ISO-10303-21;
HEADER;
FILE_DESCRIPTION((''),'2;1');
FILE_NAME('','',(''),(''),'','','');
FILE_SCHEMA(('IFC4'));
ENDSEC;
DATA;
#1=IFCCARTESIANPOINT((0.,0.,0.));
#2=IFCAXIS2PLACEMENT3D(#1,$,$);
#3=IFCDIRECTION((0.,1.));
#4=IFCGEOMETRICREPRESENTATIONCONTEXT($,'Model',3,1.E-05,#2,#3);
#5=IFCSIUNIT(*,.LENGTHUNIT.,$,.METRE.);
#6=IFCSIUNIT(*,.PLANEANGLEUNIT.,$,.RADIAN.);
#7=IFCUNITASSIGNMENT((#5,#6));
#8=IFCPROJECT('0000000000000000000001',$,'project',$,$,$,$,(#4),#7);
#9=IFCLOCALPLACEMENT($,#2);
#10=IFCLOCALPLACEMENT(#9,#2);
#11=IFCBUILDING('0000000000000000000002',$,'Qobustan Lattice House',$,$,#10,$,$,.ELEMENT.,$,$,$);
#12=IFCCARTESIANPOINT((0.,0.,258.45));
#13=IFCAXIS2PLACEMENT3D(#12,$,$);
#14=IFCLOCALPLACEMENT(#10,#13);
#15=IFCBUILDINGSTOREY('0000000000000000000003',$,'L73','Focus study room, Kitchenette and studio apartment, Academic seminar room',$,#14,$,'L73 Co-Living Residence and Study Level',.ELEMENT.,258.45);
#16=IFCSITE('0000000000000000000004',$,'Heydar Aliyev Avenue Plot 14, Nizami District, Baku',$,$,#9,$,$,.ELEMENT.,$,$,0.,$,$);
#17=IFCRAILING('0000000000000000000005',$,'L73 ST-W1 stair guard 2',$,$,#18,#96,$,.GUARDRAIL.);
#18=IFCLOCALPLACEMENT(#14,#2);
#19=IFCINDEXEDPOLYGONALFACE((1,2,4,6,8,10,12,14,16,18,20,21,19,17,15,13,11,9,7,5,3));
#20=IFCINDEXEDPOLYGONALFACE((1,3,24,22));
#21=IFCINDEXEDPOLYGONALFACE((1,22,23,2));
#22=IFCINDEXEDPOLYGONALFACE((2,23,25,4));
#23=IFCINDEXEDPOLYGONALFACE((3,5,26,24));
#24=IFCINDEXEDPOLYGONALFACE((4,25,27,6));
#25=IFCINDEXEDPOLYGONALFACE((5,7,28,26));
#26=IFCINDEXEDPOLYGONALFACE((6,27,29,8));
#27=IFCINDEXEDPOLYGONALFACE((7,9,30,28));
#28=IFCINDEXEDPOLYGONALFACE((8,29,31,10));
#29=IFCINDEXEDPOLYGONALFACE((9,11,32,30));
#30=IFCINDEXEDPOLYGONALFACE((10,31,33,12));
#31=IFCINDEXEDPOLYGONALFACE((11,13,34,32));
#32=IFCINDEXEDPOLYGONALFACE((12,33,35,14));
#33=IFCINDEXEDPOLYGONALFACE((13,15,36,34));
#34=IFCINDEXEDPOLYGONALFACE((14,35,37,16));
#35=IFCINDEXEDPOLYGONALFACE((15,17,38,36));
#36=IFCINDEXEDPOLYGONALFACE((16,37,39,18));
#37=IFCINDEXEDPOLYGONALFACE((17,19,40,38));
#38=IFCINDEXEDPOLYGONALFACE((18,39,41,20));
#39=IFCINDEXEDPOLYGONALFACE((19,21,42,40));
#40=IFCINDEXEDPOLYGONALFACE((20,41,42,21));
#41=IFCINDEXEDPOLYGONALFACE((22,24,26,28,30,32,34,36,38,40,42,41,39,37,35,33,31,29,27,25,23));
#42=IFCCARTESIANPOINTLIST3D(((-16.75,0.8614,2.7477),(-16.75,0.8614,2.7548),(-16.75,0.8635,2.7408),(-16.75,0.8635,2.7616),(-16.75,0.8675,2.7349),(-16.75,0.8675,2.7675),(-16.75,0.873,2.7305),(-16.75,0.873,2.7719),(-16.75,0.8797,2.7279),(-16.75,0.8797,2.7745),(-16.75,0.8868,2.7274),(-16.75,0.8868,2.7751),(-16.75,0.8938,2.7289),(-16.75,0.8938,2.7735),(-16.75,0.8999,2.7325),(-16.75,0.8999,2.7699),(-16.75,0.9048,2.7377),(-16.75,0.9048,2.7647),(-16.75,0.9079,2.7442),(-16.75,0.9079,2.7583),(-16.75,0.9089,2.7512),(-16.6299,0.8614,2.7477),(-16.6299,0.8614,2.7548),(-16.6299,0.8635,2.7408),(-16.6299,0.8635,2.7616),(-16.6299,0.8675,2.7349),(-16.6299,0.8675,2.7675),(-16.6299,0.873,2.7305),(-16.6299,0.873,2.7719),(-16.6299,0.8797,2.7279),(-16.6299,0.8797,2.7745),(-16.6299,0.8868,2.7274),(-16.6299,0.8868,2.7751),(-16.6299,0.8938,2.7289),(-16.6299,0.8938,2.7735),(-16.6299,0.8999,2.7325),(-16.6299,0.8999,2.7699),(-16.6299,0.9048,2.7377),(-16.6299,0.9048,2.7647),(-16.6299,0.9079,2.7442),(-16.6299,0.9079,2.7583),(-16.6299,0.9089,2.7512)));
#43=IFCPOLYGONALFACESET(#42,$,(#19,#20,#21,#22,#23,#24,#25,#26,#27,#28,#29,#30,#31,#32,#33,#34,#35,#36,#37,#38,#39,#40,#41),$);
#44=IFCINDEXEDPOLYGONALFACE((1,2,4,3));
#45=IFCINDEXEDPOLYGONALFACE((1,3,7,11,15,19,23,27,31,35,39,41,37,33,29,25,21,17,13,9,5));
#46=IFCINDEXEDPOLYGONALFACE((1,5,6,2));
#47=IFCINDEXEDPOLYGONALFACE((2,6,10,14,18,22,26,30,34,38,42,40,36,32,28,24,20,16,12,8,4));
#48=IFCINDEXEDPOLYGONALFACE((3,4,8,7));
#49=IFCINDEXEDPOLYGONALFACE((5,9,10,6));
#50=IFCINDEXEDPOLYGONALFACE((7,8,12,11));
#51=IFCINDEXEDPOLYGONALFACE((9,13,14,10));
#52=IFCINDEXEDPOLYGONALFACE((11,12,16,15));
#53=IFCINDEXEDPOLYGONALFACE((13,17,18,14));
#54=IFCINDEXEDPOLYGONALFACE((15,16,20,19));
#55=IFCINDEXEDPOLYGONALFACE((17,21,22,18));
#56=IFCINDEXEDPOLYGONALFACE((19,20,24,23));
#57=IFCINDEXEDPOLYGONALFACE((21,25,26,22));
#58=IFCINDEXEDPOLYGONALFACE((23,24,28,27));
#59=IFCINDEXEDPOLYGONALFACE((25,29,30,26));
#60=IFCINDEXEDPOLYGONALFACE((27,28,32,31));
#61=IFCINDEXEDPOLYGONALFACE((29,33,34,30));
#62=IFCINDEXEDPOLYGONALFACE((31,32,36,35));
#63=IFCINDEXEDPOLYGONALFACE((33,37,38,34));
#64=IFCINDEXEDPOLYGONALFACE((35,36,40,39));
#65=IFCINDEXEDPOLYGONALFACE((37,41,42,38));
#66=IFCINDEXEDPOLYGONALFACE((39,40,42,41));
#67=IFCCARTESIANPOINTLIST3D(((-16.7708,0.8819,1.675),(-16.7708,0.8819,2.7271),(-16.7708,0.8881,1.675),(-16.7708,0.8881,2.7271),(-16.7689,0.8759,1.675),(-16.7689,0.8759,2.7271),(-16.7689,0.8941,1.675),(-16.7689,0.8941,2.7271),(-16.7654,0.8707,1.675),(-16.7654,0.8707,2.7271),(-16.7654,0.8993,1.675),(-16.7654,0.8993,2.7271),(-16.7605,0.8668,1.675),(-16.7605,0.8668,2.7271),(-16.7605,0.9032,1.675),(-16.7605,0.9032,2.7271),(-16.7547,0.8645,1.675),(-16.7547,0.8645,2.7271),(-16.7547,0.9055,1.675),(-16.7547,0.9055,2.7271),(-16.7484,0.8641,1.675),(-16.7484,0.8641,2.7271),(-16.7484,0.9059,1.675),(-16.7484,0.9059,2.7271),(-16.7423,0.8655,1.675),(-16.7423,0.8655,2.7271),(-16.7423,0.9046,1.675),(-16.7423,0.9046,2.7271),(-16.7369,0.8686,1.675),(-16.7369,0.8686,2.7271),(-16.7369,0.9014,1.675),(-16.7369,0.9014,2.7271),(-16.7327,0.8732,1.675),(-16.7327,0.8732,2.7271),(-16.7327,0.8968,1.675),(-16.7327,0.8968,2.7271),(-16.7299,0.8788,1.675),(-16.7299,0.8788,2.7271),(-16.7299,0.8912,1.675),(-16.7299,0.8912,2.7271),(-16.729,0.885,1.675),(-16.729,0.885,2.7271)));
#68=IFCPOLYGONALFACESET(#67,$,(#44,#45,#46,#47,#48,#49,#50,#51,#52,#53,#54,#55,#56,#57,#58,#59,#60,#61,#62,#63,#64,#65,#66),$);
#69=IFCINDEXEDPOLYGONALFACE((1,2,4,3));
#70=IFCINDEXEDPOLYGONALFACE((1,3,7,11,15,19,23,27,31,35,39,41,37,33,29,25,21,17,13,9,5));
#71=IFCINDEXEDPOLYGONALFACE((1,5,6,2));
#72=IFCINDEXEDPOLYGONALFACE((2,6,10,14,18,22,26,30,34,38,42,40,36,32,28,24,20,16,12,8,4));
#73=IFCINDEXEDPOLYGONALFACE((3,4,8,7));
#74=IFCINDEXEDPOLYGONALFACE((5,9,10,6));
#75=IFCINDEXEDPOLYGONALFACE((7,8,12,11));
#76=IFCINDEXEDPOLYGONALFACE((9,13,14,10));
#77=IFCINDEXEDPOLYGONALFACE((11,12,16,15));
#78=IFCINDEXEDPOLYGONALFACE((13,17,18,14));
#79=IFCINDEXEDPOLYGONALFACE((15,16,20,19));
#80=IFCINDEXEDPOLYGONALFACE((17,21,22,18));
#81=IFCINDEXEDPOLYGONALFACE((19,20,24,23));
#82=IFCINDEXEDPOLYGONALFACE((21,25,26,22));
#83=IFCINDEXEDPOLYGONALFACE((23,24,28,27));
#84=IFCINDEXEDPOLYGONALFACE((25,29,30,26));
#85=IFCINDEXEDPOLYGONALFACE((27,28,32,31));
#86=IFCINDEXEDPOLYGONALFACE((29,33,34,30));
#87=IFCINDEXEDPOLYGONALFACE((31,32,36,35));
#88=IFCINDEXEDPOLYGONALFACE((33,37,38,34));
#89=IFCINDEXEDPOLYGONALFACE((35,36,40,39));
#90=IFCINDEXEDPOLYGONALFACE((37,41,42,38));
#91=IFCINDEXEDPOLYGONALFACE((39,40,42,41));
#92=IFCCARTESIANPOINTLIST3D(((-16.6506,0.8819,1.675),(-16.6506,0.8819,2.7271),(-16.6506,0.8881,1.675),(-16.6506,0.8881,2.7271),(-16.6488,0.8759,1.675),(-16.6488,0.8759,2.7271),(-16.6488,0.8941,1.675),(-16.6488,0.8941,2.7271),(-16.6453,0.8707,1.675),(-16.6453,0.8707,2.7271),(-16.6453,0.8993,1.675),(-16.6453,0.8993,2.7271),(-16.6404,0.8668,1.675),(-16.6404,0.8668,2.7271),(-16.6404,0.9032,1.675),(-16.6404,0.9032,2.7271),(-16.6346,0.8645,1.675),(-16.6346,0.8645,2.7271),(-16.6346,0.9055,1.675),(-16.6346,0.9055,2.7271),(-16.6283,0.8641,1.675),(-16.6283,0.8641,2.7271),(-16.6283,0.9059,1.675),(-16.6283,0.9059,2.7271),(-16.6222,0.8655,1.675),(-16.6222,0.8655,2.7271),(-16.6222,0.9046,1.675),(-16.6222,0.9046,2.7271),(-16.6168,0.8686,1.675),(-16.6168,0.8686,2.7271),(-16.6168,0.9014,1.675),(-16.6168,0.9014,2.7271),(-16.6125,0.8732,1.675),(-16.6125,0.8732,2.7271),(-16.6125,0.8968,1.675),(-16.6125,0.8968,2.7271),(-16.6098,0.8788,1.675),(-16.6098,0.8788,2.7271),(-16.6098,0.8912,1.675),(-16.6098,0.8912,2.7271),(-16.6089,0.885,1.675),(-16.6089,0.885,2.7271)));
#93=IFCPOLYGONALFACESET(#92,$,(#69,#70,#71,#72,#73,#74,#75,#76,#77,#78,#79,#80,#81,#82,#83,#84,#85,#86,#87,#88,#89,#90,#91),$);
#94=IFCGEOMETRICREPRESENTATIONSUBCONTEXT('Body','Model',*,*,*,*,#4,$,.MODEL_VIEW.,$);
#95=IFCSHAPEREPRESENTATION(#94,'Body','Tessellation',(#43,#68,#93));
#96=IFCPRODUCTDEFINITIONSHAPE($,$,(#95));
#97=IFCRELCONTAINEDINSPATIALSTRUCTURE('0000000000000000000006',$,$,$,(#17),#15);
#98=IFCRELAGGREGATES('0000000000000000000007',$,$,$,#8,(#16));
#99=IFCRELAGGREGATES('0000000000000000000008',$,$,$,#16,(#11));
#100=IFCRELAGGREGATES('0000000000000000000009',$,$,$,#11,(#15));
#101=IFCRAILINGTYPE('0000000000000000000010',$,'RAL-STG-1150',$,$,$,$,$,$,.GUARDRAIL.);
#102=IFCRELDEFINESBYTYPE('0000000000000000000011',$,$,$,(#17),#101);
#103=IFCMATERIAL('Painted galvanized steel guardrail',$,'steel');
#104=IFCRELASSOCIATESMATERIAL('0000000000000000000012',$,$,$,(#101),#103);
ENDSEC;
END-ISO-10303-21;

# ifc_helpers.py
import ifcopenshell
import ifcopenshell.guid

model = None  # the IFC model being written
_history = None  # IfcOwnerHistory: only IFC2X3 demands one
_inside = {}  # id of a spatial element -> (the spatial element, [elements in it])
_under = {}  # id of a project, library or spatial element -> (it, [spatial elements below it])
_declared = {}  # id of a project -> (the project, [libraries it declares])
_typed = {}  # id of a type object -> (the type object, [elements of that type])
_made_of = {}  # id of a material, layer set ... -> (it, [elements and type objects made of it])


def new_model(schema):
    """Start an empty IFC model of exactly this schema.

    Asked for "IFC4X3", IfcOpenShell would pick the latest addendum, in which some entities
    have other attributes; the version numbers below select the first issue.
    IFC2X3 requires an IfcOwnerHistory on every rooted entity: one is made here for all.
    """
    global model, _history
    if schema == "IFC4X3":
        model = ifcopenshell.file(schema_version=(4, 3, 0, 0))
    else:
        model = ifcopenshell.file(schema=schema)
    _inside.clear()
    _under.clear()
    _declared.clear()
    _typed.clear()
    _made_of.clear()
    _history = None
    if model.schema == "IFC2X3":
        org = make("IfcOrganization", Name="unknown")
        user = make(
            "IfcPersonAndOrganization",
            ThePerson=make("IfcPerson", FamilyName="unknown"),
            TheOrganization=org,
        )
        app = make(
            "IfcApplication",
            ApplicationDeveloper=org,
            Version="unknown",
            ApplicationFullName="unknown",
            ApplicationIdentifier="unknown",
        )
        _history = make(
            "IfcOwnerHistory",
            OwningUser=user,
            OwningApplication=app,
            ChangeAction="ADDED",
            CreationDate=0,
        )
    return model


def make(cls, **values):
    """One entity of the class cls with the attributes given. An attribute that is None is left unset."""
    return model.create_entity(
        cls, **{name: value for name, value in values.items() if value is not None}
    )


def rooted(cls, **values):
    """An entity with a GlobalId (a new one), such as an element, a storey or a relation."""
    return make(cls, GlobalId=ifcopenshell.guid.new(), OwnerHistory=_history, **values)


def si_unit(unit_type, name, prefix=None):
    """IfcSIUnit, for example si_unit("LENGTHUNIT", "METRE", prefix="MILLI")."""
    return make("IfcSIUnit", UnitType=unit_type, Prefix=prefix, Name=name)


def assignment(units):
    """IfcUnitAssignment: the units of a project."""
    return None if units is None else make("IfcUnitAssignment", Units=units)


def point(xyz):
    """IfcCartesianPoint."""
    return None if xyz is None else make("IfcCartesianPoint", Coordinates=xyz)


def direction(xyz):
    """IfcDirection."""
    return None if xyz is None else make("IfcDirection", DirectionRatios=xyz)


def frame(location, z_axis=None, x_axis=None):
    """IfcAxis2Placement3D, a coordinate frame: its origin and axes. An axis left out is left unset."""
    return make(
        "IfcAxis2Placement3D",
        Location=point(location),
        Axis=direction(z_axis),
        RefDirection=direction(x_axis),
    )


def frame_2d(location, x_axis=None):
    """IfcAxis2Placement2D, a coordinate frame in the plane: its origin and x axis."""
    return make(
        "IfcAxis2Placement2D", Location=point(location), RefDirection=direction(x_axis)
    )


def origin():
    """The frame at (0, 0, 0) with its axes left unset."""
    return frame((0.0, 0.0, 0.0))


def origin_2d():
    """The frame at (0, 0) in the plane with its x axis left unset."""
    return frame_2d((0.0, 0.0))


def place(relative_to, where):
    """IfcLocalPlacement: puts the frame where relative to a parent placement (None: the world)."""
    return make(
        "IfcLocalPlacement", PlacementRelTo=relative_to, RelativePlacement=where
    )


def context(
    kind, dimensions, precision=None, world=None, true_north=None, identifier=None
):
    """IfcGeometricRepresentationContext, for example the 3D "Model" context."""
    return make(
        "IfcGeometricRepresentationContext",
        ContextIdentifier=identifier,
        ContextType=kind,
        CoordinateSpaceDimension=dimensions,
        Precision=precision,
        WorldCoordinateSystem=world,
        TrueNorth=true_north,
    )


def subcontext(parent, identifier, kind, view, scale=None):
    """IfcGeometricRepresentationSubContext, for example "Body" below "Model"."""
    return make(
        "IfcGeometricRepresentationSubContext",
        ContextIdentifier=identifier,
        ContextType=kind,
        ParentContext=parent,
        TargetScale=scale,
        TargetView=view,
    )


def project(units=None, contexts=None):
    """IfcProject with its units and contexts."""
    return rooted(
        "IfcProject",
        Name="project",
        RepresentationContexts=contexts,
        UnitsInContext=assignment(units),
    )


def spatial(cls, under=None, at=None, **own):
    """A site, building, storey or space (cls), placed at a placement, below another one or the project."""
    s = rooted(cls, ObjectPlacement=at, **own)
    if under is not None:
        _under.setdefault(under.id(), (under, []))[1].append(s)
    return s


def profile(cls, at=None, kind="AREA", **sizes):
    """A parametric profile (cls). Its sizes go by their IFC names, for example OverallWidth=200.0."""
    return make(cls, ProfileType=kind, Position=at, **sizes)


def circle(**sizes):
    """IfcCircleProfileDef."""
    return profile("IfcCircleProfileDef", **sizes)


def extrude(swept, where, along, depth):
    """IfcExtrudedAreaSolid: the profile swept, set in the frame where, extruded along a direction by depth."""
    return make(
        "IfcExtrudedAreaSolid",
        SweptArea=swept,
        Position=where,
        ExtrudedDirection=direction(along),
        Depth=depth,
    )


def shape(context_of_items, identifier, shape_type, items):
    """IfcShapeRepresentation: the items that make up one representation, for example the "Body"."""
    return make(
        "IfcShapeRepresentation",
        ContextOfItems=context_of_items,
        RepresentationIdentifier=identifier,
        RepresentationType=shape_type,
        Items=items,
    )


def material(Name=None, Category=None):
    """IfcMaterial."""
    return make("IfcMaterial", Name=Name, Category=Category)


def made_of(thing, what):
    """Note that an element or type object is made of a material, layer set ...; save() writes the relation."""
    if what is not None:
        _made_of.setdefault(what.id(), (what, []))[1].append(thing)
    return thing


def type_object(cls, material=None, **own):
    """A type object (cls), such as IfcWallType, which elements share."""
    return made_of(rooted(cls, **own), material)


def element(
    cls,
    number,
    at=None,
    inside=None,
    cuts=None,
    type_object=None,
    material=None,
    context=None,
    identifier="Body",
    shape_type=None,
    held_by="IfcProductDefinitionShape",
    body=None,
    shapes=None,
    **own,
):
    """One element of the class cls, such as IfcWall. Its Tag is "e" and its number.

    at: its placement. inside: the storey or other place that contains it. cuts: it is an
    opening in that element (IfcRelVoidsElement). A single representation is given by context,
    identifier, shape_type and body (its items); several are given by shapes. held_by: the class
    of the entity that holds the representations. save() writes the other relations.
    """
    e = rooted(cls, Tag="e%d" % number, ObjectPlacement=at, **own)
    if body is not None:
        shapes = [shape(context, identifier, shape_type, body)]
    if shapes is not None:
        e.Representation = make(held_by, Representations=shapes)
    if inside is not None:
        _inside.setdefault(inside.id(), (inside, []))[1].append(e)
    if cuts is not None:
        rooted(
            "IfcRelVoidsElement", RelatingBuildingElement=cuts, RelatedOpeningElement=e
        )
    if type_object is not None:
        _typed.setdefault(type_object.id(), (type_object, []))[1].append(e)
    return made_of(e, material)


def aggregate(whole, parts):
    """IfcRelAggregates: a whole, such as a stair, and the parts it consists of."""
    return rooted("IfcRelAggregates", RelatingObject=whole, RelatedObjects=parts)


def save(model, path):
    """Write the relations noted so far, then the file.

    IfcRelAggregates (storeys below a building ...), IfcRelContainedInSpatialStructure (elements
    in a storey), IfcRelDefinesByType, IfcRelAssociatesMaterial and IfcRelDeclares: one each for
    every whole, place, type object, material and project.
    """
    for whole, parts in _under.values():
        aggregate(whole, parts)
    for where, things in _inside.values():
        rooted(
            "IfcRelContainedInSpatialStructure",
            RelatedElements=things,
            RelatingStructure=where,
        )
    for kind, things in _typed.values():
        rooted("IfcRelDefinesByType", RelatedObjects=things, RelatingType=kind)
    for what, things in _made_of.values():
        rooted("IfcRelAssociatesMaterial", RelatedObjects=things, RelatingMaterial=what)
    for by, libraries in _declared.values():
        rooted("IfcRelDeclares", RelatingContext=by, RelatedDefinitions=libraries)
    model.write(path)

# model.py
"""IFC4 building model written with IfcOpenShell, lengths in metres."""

from ifc_helpers import new_model, si_unit, direction, frame, origin, origin_2d, place, context, subcontext, project, spatial, circle, extrude, material, type_object, element, save


model = new_model("IFC4")

# Units and contexts
model_context = context("Model", 3, precision=1e-05, world=origin(), true_north=direction((0.0, 1.0)))
body_context = subcontext(model_context, "Body", "Model", "MODEL_VIEW")
ifc_project = project(units=[si_unit("LENGTHUNIT", "METRE"), si_unit("PLANEANGLEUNIT", "RADIAN")], contexts=[model_context])

# Site, building, storey
site_placement = place(None, origin())
site = spatial("IfcSite", under=ifc_project, at=site_placement, Name="Heydar Aliyev Avenue Plot 14, Nizami District, Baku", CompositionType="ELEMENT", RefElevation=0.0)
building_placement = place(site_placement, origin())
building = spatial("IfcBuilding", under=site, at=building_placement, Name="Qobustan Lattice House", CompositionType="ELEMENT")
storey_placement = place(building_placement, frame((0.0, 0.0, 258.45)))
storey = spatial("IfcBuildingStorey", under=building, at=storey_placement, Name="L73", Description="Focus study room, Kitchenette and studio apartment, Academic seminar room", LongName="L73 Co-Living Residence and Study Level", CompositionType="ELEMENT", Elevation=258.45)

# Railing
ifc_material_1 = material(Name="Painted galvanized steel guardrail", Category="steel")
railing_type = type_object("IfcRailingType", Name="RAL-STG-1150", PredefinedType="GUARDRAIL", material=ifc_material_1)
railing_1_placement = place(storey_placement, frame((-16.75, 0.885, 1.675)))
element("IfcRailing", 1, at=railing_1_placement, inside=storey, type_object=railing_type, Name="L73 ST-W1 stair guard 2", PredefinedType="GUARDRAIL", context=body_context, shape_type="SweptSolid", body=[
    extrude(circle(Radius=0.0239, at=origin_2d()), frame((0.0, 0.0, 1.0762), z_axis=(1.0, 0.0, 0.0), x_axis=(0.0, 1.0, 0.0)), (0.0, 0.0, 1.0), 0.1201),
    extrude(circle(Radius=0.021, at=origin_2d()), origin(), (0.0, 0.0, 1.0), 1.052),
    extrude(circle(Radius=0.021, at=origin_2d()), frame((0.1201, 0.0, 0.0)), (0.0, 0.0, 1.0), 1.052),
])

save(model, "model.ifc")
